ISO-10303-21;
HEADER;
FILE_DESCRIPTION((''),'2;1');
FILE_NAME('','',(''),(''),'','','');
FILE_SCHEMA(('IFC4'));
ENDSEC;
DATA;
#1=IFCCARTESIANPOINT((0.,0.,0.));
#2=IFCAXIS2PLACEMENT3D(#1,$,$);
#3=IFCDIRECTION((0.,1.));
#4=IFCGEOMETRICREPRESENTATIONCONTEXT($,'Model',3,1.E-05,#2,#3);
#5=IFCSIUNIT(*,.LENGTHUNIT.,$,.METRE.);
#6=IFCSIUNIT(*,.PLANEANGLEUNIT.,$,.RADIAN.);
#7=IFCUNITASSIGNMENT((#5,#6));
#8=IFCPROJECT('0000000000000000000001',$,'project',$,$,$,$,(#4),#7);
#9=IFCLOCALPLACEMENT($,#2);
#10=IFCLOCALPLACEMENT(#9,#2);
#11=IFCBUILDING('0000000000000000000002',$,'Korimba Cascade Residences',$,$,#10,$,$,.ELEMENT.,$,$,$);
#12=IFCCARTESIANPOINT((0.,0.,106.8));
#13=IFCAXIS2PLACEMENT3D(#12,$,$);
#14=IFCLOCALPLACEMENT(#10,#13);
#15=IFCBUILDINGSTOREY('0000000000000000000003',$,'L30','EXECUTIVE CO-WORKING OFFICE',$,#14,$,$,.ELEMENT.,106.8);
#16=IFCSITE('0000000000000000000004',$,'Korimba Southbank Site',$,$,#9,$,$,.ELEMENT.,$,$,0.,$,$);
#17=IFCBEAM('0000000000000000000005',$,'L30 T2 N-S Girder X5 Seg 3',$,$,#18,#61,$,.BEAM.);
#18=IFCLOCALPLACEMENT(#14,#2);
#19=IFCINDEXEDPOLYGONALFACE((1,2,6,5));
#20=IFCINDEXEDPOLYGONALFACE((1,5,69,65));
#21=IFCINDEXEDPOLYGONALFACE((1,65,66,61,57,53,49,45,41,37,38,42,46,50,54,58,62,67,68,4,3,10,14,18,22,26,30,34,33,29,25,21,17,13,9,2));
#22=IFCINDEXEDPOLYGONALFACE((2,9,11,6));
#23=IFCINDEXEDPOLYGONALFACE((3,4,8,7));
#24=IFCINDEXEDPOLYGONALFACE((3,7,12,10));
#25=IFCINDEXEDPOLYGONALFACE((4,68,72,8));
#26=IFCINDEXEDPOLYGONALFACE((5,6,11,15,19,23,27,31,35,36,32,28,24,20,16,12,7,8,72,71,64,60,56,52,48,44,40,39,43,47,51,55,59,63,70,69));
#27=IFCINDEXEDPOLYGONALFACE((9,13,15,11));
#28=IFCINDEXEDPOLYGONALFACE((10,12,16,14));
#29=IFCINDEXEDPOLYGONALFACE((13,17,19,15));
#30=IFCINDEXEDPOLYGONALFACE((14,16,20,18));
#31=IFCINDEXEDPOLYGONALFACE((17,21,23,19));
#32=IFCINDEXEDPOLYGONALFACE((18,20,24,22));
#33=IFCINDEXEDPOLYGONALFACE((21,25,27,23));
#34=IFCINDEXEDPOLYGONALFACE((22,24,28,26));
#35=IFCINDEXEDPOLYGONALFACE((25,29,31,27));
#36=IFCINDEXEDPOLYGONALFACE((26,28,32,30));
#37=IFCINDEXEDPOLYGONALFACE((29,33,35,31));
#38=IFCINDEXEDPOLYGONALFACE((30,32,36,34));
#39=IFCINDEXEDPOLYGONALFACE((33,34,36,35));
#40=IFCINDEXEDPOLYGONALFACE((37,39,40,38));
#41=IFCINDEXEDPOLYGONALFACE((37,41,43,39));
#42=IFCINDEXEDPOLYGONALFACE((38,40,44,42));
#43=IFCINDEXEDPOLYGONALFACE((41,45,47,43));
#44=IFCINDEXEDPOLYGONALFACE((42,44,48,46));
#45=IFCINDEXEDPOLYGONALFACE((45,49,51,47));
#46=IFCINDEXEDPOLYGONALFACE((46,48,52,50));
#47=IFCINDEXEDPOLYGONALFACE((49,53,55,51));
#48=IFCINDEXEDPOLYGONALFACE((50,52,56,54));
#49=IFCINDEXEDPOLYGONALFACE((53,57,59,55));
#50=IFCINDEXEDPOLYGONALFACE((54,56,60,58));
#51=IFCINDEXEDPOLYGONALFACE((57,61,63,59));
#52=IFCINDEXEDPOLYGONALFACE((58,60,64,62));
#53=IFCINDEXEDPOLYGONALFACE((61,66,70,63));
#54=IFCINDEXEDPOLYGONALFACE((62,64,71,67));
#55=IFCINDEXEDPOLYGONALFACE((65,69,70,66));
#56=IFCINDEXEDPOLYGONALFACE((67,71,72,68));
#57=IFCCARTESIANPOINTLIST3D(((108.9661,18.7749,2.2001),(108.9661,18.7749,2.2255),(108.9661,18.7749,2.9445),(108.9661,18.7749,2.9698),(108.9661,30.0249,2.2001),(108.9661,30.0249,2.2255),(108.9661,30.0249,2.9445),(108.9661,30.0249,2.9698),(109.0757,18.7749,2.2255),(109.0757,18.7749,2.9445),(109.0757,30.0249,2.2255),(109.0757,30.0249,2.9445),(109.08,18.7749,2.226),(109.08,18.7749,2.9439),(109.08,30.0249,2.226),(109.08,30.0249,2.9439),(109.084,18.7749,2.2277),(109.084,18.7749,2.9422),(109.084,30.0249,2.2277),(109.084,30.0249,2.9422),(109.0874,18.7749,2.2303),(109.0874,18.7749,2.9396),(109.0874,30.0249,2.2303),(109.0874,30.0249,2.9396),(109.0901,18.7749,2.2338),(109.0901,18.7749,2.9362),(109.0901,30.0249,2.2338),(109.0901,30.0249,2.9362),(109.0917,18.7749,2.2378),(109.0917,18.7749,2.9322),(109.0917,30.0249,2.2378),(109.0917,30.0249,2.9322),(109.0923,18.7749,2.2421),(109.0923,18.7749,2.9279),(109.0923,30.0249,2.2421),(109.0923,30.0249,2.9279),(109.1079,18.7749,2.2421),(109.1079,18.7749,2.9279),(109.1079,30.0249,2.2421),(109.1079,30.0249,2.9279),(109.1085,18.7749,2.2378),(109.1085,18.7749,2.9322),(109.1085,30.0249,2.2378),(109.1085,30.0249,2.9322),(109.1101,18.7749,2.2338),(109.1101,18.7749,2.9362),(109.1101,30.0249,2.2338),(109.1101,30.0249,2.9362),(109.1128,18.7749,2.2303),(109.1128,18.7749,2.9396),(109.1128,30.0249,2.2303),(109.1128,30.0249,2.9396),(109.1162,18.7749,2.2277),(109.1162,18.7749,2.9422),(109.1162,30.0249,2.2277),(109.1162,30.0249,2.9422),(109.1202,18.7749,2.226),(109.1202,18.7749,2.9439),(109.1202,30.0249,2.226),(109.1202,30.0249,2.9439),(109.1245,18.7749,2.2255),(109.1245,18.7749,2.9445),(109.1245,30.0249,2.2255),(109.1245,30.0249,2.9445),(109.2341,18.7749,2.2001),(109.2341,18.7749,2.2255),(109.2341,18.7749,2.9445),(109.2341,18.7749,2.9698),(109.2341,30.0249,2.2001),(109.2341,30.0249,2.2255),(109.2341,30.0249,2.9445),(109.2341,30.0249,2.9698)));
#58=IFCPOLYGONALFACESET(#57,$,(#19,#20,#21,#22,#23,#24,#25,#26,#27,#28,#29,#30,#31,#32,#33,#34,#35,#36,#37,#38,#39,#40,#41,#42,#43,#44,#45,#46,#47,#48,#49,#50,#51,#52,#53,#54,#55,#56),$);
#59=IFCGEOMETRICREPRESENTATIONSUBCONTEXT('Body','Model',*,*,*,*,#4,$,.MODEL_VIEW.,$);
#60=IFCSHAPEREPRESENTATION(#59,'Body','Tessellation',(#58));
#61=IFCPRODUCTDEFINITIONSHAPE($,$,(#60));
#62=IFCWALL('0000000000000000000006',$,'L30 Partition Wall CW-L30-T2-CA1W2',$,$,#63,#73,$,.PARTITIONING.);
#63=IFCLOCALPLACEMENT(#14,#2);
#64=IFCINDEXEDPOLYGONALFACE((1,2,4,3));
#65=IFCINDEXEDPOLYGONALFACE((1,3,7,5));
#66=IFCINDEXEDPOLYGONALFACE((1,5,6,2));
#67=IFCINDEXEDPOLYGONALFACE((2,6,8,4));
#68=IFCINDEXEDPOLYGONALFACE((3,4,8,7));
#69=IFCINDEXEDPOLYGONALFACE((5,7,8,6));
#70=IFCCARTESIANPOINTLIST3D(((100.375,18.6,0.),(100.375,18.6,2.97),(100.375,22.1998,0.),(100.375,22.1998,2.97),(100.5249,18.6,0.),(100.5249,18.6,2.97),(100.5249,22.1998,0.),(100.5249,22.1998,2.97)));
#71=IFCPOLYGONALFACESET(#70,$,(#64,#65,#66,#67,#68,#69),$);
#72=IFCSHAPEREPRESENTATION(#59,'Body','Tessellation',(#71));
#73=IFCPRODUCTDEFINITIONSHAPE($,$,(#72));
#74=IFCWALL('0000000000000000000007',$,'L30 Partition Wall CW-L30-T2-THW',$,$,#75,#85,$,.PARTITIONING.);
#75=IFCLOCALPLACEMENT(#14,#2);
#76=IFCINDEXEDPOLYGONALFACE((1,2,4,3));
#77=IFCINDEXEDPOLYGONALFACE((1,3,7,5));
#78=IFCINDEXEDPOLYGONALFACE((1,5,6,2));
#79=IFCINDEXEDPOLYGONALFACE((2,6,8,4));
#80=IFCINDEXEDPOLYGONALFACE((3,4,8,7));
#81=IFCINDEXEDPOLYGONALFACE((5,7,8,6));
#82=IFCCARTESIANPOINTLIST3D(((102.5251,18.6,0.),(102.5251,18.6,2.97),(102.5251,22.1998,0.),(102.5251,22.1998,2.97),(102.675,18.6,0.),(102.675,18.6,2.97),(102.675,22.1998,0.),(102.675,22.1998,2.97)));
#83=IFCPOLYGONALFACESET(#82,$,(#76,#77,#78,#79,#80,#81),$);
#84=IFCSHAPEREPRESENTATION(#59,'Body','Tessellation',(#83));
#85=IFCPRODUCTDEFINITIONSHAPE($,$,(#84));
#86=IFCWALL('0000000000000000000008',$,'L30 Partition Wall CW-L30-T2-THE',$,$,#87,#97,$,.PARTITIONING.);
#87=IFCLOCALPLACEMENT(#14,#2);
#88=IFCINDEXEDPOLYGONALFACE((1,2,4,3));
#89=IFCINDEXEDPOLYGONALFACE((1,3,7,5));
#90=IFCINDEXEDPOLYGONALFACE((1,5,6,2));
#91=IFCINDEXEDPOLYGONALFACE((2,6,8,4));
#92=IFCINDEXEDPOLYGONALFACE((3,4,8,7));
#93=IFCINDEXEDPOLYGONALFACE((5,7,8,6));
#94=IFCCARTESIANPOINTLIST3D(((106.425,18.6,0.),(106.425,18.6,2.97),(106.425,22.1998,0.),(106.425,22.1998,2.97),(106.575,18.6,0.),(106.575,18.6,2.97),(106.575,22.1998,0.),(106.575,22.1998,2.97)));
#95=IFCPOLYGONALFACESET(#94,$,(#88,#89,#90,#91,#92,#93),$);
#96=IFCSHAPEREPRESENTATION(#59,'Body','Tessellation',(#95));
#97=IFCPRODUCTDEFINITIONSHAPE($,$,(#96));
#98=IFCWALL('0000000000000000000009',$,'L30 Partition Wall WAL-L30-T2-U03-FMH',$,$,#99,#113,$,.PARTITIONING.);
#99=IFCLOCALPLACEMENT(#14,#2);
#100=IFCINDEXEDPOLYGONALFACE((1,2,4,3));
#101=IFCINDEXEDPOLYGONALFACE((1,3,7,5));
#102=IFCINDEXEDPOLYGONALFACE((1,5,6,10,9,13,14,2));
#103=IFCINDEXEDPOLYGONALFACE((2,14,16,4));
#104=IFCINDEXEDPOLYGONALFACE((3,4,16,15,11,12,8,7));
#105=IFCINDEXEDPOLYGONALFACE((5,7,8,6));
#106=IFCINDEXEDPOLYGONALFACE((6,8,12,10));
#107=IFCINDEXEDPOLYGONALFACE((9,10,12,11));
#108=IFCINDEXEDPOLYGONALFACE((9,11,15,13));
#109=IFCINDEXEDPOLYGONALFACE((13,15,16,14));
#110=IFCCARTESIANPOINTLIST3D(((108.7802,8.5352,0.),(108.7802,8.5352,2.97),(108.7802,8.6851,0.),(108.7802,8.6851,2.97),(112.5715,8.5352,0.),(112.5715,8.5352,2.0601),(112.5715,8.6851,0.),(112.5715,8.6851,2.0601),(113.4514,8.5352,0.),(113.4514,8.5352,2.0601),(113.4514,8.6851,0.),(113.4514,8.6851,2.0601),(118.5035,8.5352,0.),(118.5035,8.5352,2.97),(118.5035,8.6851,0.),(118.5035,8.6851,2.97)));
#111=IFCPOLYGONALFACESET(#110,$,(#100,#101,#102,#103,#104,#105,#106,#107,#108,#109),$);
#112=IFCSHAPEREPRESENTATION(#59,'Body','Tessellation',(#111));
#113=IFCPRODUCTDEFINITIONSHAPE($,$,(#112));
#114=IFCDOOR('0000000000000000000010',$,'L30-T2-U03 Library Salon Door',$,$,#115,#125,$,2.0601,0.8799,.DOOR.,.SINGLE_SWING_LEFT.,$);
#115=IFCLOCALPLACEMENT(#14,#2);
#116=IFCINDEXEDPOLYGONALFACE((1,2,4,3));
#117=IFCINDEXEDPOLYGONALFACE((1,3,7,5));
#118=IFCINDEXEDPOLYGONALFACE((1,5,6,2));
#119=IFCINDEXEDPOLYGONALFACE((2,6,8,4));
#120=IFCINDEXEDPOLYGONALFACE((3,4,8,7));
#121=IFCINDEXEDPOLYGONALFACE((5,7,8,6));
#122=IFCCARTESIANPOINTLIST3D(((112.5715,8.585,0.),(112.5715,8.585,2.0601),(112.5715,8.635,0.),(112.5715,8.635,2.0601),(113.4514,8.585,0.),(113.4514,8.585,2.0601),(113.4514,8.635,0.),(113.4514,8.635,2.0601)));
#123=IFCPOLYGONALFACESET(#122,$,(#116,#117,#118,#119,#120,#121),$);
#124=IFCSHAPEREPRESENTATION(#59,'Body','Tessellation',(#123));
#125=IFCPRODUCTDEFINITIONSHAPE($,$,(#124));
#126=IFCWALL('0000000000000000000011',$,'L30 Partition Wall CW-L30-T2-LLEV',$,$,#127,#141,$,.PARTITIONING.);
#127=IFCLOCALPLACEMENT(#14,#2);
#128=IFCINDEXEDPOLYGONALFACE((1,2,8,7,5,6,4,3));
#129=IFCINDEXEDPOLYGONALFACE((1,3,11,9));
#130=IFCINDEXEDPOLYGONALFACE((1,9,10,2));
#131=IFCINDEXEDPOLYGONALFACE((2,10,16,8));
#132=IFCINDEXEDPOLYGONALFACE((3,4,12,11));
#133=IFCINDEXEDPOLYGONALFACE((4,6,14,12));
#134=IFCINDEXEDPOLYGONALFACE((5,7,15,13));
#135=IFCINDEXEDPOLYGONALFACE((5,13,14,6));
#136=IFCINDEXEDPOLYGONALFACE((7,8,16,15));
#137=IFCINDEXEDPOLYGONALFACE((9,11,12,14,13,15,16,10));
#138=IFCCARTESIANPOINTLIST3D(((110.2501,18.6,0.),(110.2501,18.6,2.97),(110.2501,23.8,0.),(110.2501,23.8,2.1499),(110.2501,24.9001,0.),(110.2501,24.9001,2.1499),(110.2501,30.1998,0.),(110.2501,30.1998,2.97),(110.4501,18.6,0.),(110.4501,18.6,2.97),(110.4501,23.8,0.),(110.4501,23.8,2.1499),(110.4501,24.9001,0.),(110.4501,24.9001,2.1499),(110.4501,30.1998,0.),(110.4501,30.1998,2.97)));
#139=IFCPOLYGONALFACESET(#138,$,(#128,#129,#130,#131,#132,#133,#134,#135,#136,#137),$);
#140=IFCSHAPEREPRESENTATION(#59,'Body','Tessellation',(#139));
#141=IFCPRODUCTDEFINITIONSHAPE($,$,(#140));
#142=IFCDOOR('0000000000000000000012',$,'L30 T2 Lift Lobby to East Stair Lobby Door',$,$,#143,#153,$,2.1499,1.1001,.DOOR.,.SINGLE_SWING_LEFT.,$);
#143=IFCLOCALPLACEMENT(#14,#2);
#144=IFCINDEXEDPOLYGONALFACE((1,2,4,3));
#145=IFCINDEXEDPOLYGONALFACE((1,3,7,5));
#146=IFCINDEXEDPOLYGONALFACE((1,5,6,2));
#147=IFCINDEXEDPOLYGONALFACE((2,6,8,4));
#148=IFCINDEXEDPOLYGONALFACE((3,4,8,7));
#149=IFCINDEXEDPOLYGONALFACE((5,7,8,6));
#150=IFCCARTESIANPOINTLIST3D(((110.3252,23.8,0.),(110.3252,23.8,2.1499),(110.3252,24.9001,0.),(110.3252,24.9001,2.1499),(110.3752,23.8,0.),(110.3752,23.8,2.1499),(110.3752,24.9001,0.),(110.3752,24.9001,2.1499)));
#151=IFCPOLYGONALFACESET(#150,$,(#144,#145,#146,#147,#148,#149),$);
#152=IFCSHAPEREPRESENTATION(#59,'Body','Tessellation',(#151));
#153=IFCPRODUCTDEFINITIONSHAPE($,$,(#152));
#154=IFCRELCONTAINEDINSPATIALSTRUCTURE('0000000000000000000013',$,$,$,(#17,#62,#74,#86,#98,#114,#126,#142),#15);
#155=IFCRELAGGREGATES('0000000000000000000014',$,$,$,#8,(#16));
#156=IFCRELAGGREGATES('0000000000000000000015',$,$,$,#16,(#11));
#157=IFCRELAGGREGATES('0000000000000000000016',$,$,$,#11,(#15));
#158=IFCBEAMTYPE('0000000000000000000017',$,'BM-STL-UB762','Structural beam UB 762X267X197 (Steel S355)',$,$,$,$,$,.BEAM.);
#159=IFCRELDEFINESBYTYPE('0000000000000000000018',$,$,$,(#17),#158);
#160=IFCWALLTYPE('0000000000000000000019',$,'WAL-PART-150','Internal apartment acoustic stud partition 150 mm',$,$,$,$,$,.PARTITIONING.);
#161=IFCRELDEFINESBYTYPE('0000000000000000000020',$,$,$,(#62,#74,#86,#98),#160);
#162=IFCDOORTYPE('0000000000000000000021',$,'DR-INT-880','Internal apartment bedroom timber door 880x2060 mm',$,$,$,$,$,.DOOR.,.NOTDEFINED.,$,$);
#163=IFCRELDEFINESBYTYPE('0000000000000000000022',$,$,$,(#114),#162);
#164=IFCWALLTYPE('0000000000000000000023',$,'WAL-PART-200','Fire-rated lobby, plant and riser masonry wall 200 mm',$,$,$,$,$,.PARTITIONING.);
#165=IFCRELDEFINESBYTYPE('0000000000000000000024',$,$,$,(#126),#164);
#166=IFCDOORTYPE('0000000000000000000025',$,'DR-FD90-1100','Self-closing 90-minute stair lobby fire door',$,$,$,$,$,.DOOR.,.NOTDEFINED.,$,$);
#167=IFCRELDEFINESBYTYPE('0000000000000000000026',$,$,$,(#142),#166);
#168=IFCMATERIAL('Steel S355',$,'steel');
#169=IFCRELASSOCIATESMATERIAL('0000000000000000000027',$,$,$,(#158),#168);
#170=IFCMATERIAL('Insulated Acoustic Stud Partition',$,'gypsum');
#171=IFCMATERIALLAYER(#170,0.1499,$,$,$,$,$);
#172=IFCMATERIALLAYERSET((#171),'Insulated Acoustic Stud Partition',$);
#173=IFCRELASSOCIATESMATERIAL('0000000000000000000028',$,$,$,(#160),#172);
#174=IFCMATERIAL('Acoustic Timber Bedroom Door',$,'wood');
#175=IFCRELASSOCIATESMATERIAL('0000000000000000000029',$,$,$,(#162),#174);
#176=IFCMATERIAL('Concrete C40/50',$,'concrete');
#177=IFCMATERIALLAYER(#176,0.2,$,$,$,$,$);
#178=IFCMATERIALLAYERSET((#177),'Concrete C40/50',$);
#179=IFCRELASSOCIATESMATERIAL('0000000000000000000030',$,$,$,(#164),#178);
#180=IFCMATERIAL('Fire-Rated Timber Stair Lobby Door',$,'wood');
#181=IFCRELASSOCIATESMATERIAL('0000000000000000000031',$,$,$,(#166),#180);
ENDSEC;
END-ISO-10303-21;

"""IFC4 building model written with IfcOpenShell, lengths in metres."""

from ifc_helpers import new_model, si_unit, direction, frame, frame_2d, origin, origin_2d, place, context, subcontext, project, spatial, rectangle, i_section, extrude, material, layer, layer_set, material_profile, profile_set, type_object, element, fill, save


model = new_model("IFC4")

# Units and contexts
model_context = context("Model", 3, precision=1e-05, world=origin(), true_north=direction((0.0, 1.0)))
body_context = subcontext(model_context, "Body", "Model", "MODEL_VIEW")
ifc_project = project(units=[si_unit("LENGTHUNIT", "METRE"), si_unit("PLANEANGLEUNIT", "RADIAN")], contexts=[model_context])

# Site, building, storey
site_placement = place(None, origin())
site = spatial("IfcSite", under=ifc_project, at=site_placement, Name="Korimba Southbank Site", CompositionType="ELEMENT", RefElevation=0.0)
building_placement = place(site_placement, origin())
building = spatial("IfcBuilding", under=site, at=building_placement, Name="Korimba Cascade Residences", CompositionType="ELEMENT")
storey_placement = place(building_placement, frame((0.0, 0.0, 106.8)))
storey = spatial("IfcBuildingStorey", under=building, at=storey_placement, Name="L30", Description="EXECUTIVE CO-WORKING OFFICE", CompositionType="ELEMENT", Elevation=106.8)

# Beam
ifc_material_1 = material(Name="Steel S355", Category="steel")
ifc_material_profile_1 = material_profile(ifc_material_1, i_section(OverallWidth=0.2681, OverallDepth=0.7698, WebThickness=0.0156, FlangeThickness=0.0254, FilletRadius=0.0166, at=origin_2d()), Name="Steel S355")
ifc_profile_set_1 = profile_set([ifc_material_profile_1], Name="Steel S355")
beam_type = type_object("IfcBeamType", Name="BM-STL-UB762", Description="Structural beam UB 762X267X197 (Steel S355)", PredefinedType="BEAM", material=ifc_profile_set_1)
beam_1_placement = place(storey_placement, frame((109.1001, 18.7749, 2.585), z_axis=(0.0, 1.0, 0.0), x_axis=(-1.0, 0.0, 0.0)))
element("IfcBeam", 1, at=beam_1_placement, inside=storey, type_object=beam_type, Name="L30 T2 N-S Girder X5 Seg 3", PredefinedType="BEAM", context=body_context, shape_type="SweptSolid", body=[
    extrude(i_section(OverallWidth=0.2681, OverallDepth=0.7698, WebThickness=0.0156, FlangeThickness=0.0254, FilletRadius=0.0166, at=origin_2d()), origin(), (0.0, 0.0, 1.0), 11.25),
])

# Walls
ifc_material_2 = material(Name="Insulated Acoustic Stud Partition", Category="gypsum")
ifc_layer_1 = layer(ifc_material_2, 0.1499)
ifc_layer_set_1 = layer_set([ifc_layer_1], Name="Insulated Acoustic Stud Partition")
wall_type_1 = type_object("IfcWallType", Name="WAL-PART-150", Description="Internal apartment acoustic stud partition 150 mm", PredefinedType="PARTITIONING", material=ifc_layer_set_1)
for number, where, z_axis, x_axis, name in (
    (2, (100.45, 18.6001, 0.0), (0.0, 0.0, 1.0), (0.0, 1.0, 0.0), "L30 Partition Wall CW-L30-T2-CA1W2"),
    (3, (102.6001, 18.6001, 0.0), (0.0, 0.0, 1.0), (0.0, 1.0, 0.0), "L30 Partition Wall CW-L30-T2-THW"),
    (4, (106.5, 18.6001, 0.0), (0.0, 0.0, 1.0), (0.0, 1.0, 0.0), "L30 Partition Wall CW-L30-T2-THE"),
):
    element("IfcWall", number, at=place(storey_placement, frame(where, z_axis=z_axis, x_axis=x_axis)), inside=storey, type_object=wall_type_1, Name=name, PredefinedType="PARTITIONING", context=body_context, shape_type="SweptSolid", body=[
        extrude(rectangle(XDim=3.5999, YDim=0.1499, at=frame_2d((1.7998, 0.0))), origin(), (0.0, 0.0, 1.0), 2.97),
    ])

# Walls, openings, doors
wall_1_placement = place(storey_placement, frame((108.78, 8.6101, 0.0), z_axis=(0.0, 0.0, 1.0), x_axis=(1.0, 0.0, 0.0)))
wall_1 = element("IfcWall", 5, at=wall_1_placement, inside=storey, type_object=wall_type_1, Name="L30 Partition Wall WAL-L30-T2-U03-FMH", PredefinedType="PARTITIONING", context=body_context, shape_type="SweptSolid", body=[
    extrude(rectangle(XDim=9.7234, YDim=0.1499, at=frame_2d((4.8618, 0.0))), origin(), (0.0, 0.0, 1.0), 2.97),
])
opening_1_placement = place(wall_1_placement, frame((3.7915, 0.0, 0.0)))
opening_1 = element("IfcOpeningElement", 6, at=opening_1_placement, cuts=wall_1, PredefinedType="OPENING", context=body_context, shape_type="SweptSolid", body=[
    extrude(rectangle(XDim=0.8799, YDim=2.0601, at=frame_2d((0.4399, 1.03))), frame((0.0, 0.085, 0.0), z_axis=(0.0, -1.0, 0.0), x_axis=(1.0, 0.0, 0.0)), (0.0, 0.0, 1.0), 0.1699),
])
ifc_material_3 = material(Name="Acoustic Timber Bedroom Door", Category="wood")
door_type_1 = type_object("IfcDoorType", Name="DR-INT-880", Description="Internal apartment bedroom timber door 880x2060 mm", OperationType="NOTDEFINED", PredefinedType="DOOR", material=ifc_material_3)
door_1_placement = place(opening_1_placement, origin())
door_1 = element("IfcDoor", 7, at=door_1_placement, inside=storey, type_object=door_type_1, Name="L30-T2-U03 Library Salon Door", OperationType="SINGLE_SWING_LEFT", OverallHeight=2.0601, OverallWidth=0.8799, PredefinedType="DOOR", context=body_context, shape_type="SweptSolid", body=[
    extrude(rectangle(XDim=0.8799, YDim=2.0601, at=frame_2d((0.4399, 1.03))), frame((0.0, 0.0249, 0.0), z_axis=(0.0, -1.0, 0.0), x_axis=(1.0, 0.0, 0.0)), (0.0, 0.0, 1.0), 0.05),
])
fill(opening_1, door_1)
ifc_material_4 = material(Name="Concrete C40/50", Category="concrete")
ifc_layer_2 = layer(ifc_material_4, 0.2)
ifc_layer_set_2 = layer_set([ifc_layer_2], Name="Concrete C40/50")
wall_type_2 = type_object("IfcWallType", Name="WAL-PART-200", Description="Fire-rated lobby, plant and riser masonry wall 200 mm", PredefinedType="PARTITIONING", material=ifc_layer_set_2)
wall_2_placement = place(storey_placement, frame((110.3501, 18.6001, 0.0), z_axis=(0.0, 0.0, 1.0), x_axis=(0.0, 1.0, 0.0)))
wall_2 = element("IfcWall", 8, at=wall_2_placement, inside=storey, type_object=wall_type_2, Name="L30 Partition Wall CW-L30-T2-LLEV", PredefinedType="PARTITIONING", context=body_context, shape_type="SweptSolid", body=[
    extrude(rectangle(XDim=11.5999, YDim=0.2, at=frame_2d((5.7998, 0.0))), origin(), (0.0, 0.0, 1.0), 2.97),
])
opening_2_placement = place(wall_2_placement, frame((5.2, 0.0, 0.0)))
opening_2 = element("IfcOpeningElement", 9, at=opening_2_placement, cuts=wall_2, PredefinedType="OPENING", context=body_context, shape_type="SweptSolid", body=[
    extrude(rectangle(XDim=1.1001, YDim=2.1499, at=frame_2d((0.55, 1.075))), frame((0.0, 0.1099, 0.0), z_axis=(0.0, -1.0, 0.0), x_axis=(1.0, 0.0, 0.0)), (0.0, 0.0, 1.0), 0.22),
])
ifc_material_5 = material(Name="Fire-Rated Timber Stair Lobby Door", Category="wood")
door_type_2 = type_object("IfcDoorType", Name="DR-FD90-1100", Description="Self-closing 90-minute stair lobby fire door", OperationType="NOTDEFINED", PredefinedType="DOOR", material=ifc_material_5)
door_2_placement = place(opening_2_placement, origin())
door_2 = element("IfcDoor", 10, at=door_2_placement, inside=storey, type_object=door_type_2, Name="L30 T2 Lift Lobby to East Stair Lobby Door", OperationType="SINGLE_SWING_LEFT", OverallHeight=2.1499, OverallWidth=1.1001, PredefinedType="DOOR", context=body_context, shape_type="SweptSolid", body=[
    extrude(rectangle(XDim=1.1001, YDim=2.1499, at=frame_2d((0.55, 1.075))), frame((0.0, 0.0249, 0.0), z_axis=(0.0, -1.0, 0.0), x_axis=(1.0, 0.0, 0.0)), (0.0, 0.0, 1.0), 0.05),
])
fill(opening_2, door_2)

save(model, "model.ifc")
